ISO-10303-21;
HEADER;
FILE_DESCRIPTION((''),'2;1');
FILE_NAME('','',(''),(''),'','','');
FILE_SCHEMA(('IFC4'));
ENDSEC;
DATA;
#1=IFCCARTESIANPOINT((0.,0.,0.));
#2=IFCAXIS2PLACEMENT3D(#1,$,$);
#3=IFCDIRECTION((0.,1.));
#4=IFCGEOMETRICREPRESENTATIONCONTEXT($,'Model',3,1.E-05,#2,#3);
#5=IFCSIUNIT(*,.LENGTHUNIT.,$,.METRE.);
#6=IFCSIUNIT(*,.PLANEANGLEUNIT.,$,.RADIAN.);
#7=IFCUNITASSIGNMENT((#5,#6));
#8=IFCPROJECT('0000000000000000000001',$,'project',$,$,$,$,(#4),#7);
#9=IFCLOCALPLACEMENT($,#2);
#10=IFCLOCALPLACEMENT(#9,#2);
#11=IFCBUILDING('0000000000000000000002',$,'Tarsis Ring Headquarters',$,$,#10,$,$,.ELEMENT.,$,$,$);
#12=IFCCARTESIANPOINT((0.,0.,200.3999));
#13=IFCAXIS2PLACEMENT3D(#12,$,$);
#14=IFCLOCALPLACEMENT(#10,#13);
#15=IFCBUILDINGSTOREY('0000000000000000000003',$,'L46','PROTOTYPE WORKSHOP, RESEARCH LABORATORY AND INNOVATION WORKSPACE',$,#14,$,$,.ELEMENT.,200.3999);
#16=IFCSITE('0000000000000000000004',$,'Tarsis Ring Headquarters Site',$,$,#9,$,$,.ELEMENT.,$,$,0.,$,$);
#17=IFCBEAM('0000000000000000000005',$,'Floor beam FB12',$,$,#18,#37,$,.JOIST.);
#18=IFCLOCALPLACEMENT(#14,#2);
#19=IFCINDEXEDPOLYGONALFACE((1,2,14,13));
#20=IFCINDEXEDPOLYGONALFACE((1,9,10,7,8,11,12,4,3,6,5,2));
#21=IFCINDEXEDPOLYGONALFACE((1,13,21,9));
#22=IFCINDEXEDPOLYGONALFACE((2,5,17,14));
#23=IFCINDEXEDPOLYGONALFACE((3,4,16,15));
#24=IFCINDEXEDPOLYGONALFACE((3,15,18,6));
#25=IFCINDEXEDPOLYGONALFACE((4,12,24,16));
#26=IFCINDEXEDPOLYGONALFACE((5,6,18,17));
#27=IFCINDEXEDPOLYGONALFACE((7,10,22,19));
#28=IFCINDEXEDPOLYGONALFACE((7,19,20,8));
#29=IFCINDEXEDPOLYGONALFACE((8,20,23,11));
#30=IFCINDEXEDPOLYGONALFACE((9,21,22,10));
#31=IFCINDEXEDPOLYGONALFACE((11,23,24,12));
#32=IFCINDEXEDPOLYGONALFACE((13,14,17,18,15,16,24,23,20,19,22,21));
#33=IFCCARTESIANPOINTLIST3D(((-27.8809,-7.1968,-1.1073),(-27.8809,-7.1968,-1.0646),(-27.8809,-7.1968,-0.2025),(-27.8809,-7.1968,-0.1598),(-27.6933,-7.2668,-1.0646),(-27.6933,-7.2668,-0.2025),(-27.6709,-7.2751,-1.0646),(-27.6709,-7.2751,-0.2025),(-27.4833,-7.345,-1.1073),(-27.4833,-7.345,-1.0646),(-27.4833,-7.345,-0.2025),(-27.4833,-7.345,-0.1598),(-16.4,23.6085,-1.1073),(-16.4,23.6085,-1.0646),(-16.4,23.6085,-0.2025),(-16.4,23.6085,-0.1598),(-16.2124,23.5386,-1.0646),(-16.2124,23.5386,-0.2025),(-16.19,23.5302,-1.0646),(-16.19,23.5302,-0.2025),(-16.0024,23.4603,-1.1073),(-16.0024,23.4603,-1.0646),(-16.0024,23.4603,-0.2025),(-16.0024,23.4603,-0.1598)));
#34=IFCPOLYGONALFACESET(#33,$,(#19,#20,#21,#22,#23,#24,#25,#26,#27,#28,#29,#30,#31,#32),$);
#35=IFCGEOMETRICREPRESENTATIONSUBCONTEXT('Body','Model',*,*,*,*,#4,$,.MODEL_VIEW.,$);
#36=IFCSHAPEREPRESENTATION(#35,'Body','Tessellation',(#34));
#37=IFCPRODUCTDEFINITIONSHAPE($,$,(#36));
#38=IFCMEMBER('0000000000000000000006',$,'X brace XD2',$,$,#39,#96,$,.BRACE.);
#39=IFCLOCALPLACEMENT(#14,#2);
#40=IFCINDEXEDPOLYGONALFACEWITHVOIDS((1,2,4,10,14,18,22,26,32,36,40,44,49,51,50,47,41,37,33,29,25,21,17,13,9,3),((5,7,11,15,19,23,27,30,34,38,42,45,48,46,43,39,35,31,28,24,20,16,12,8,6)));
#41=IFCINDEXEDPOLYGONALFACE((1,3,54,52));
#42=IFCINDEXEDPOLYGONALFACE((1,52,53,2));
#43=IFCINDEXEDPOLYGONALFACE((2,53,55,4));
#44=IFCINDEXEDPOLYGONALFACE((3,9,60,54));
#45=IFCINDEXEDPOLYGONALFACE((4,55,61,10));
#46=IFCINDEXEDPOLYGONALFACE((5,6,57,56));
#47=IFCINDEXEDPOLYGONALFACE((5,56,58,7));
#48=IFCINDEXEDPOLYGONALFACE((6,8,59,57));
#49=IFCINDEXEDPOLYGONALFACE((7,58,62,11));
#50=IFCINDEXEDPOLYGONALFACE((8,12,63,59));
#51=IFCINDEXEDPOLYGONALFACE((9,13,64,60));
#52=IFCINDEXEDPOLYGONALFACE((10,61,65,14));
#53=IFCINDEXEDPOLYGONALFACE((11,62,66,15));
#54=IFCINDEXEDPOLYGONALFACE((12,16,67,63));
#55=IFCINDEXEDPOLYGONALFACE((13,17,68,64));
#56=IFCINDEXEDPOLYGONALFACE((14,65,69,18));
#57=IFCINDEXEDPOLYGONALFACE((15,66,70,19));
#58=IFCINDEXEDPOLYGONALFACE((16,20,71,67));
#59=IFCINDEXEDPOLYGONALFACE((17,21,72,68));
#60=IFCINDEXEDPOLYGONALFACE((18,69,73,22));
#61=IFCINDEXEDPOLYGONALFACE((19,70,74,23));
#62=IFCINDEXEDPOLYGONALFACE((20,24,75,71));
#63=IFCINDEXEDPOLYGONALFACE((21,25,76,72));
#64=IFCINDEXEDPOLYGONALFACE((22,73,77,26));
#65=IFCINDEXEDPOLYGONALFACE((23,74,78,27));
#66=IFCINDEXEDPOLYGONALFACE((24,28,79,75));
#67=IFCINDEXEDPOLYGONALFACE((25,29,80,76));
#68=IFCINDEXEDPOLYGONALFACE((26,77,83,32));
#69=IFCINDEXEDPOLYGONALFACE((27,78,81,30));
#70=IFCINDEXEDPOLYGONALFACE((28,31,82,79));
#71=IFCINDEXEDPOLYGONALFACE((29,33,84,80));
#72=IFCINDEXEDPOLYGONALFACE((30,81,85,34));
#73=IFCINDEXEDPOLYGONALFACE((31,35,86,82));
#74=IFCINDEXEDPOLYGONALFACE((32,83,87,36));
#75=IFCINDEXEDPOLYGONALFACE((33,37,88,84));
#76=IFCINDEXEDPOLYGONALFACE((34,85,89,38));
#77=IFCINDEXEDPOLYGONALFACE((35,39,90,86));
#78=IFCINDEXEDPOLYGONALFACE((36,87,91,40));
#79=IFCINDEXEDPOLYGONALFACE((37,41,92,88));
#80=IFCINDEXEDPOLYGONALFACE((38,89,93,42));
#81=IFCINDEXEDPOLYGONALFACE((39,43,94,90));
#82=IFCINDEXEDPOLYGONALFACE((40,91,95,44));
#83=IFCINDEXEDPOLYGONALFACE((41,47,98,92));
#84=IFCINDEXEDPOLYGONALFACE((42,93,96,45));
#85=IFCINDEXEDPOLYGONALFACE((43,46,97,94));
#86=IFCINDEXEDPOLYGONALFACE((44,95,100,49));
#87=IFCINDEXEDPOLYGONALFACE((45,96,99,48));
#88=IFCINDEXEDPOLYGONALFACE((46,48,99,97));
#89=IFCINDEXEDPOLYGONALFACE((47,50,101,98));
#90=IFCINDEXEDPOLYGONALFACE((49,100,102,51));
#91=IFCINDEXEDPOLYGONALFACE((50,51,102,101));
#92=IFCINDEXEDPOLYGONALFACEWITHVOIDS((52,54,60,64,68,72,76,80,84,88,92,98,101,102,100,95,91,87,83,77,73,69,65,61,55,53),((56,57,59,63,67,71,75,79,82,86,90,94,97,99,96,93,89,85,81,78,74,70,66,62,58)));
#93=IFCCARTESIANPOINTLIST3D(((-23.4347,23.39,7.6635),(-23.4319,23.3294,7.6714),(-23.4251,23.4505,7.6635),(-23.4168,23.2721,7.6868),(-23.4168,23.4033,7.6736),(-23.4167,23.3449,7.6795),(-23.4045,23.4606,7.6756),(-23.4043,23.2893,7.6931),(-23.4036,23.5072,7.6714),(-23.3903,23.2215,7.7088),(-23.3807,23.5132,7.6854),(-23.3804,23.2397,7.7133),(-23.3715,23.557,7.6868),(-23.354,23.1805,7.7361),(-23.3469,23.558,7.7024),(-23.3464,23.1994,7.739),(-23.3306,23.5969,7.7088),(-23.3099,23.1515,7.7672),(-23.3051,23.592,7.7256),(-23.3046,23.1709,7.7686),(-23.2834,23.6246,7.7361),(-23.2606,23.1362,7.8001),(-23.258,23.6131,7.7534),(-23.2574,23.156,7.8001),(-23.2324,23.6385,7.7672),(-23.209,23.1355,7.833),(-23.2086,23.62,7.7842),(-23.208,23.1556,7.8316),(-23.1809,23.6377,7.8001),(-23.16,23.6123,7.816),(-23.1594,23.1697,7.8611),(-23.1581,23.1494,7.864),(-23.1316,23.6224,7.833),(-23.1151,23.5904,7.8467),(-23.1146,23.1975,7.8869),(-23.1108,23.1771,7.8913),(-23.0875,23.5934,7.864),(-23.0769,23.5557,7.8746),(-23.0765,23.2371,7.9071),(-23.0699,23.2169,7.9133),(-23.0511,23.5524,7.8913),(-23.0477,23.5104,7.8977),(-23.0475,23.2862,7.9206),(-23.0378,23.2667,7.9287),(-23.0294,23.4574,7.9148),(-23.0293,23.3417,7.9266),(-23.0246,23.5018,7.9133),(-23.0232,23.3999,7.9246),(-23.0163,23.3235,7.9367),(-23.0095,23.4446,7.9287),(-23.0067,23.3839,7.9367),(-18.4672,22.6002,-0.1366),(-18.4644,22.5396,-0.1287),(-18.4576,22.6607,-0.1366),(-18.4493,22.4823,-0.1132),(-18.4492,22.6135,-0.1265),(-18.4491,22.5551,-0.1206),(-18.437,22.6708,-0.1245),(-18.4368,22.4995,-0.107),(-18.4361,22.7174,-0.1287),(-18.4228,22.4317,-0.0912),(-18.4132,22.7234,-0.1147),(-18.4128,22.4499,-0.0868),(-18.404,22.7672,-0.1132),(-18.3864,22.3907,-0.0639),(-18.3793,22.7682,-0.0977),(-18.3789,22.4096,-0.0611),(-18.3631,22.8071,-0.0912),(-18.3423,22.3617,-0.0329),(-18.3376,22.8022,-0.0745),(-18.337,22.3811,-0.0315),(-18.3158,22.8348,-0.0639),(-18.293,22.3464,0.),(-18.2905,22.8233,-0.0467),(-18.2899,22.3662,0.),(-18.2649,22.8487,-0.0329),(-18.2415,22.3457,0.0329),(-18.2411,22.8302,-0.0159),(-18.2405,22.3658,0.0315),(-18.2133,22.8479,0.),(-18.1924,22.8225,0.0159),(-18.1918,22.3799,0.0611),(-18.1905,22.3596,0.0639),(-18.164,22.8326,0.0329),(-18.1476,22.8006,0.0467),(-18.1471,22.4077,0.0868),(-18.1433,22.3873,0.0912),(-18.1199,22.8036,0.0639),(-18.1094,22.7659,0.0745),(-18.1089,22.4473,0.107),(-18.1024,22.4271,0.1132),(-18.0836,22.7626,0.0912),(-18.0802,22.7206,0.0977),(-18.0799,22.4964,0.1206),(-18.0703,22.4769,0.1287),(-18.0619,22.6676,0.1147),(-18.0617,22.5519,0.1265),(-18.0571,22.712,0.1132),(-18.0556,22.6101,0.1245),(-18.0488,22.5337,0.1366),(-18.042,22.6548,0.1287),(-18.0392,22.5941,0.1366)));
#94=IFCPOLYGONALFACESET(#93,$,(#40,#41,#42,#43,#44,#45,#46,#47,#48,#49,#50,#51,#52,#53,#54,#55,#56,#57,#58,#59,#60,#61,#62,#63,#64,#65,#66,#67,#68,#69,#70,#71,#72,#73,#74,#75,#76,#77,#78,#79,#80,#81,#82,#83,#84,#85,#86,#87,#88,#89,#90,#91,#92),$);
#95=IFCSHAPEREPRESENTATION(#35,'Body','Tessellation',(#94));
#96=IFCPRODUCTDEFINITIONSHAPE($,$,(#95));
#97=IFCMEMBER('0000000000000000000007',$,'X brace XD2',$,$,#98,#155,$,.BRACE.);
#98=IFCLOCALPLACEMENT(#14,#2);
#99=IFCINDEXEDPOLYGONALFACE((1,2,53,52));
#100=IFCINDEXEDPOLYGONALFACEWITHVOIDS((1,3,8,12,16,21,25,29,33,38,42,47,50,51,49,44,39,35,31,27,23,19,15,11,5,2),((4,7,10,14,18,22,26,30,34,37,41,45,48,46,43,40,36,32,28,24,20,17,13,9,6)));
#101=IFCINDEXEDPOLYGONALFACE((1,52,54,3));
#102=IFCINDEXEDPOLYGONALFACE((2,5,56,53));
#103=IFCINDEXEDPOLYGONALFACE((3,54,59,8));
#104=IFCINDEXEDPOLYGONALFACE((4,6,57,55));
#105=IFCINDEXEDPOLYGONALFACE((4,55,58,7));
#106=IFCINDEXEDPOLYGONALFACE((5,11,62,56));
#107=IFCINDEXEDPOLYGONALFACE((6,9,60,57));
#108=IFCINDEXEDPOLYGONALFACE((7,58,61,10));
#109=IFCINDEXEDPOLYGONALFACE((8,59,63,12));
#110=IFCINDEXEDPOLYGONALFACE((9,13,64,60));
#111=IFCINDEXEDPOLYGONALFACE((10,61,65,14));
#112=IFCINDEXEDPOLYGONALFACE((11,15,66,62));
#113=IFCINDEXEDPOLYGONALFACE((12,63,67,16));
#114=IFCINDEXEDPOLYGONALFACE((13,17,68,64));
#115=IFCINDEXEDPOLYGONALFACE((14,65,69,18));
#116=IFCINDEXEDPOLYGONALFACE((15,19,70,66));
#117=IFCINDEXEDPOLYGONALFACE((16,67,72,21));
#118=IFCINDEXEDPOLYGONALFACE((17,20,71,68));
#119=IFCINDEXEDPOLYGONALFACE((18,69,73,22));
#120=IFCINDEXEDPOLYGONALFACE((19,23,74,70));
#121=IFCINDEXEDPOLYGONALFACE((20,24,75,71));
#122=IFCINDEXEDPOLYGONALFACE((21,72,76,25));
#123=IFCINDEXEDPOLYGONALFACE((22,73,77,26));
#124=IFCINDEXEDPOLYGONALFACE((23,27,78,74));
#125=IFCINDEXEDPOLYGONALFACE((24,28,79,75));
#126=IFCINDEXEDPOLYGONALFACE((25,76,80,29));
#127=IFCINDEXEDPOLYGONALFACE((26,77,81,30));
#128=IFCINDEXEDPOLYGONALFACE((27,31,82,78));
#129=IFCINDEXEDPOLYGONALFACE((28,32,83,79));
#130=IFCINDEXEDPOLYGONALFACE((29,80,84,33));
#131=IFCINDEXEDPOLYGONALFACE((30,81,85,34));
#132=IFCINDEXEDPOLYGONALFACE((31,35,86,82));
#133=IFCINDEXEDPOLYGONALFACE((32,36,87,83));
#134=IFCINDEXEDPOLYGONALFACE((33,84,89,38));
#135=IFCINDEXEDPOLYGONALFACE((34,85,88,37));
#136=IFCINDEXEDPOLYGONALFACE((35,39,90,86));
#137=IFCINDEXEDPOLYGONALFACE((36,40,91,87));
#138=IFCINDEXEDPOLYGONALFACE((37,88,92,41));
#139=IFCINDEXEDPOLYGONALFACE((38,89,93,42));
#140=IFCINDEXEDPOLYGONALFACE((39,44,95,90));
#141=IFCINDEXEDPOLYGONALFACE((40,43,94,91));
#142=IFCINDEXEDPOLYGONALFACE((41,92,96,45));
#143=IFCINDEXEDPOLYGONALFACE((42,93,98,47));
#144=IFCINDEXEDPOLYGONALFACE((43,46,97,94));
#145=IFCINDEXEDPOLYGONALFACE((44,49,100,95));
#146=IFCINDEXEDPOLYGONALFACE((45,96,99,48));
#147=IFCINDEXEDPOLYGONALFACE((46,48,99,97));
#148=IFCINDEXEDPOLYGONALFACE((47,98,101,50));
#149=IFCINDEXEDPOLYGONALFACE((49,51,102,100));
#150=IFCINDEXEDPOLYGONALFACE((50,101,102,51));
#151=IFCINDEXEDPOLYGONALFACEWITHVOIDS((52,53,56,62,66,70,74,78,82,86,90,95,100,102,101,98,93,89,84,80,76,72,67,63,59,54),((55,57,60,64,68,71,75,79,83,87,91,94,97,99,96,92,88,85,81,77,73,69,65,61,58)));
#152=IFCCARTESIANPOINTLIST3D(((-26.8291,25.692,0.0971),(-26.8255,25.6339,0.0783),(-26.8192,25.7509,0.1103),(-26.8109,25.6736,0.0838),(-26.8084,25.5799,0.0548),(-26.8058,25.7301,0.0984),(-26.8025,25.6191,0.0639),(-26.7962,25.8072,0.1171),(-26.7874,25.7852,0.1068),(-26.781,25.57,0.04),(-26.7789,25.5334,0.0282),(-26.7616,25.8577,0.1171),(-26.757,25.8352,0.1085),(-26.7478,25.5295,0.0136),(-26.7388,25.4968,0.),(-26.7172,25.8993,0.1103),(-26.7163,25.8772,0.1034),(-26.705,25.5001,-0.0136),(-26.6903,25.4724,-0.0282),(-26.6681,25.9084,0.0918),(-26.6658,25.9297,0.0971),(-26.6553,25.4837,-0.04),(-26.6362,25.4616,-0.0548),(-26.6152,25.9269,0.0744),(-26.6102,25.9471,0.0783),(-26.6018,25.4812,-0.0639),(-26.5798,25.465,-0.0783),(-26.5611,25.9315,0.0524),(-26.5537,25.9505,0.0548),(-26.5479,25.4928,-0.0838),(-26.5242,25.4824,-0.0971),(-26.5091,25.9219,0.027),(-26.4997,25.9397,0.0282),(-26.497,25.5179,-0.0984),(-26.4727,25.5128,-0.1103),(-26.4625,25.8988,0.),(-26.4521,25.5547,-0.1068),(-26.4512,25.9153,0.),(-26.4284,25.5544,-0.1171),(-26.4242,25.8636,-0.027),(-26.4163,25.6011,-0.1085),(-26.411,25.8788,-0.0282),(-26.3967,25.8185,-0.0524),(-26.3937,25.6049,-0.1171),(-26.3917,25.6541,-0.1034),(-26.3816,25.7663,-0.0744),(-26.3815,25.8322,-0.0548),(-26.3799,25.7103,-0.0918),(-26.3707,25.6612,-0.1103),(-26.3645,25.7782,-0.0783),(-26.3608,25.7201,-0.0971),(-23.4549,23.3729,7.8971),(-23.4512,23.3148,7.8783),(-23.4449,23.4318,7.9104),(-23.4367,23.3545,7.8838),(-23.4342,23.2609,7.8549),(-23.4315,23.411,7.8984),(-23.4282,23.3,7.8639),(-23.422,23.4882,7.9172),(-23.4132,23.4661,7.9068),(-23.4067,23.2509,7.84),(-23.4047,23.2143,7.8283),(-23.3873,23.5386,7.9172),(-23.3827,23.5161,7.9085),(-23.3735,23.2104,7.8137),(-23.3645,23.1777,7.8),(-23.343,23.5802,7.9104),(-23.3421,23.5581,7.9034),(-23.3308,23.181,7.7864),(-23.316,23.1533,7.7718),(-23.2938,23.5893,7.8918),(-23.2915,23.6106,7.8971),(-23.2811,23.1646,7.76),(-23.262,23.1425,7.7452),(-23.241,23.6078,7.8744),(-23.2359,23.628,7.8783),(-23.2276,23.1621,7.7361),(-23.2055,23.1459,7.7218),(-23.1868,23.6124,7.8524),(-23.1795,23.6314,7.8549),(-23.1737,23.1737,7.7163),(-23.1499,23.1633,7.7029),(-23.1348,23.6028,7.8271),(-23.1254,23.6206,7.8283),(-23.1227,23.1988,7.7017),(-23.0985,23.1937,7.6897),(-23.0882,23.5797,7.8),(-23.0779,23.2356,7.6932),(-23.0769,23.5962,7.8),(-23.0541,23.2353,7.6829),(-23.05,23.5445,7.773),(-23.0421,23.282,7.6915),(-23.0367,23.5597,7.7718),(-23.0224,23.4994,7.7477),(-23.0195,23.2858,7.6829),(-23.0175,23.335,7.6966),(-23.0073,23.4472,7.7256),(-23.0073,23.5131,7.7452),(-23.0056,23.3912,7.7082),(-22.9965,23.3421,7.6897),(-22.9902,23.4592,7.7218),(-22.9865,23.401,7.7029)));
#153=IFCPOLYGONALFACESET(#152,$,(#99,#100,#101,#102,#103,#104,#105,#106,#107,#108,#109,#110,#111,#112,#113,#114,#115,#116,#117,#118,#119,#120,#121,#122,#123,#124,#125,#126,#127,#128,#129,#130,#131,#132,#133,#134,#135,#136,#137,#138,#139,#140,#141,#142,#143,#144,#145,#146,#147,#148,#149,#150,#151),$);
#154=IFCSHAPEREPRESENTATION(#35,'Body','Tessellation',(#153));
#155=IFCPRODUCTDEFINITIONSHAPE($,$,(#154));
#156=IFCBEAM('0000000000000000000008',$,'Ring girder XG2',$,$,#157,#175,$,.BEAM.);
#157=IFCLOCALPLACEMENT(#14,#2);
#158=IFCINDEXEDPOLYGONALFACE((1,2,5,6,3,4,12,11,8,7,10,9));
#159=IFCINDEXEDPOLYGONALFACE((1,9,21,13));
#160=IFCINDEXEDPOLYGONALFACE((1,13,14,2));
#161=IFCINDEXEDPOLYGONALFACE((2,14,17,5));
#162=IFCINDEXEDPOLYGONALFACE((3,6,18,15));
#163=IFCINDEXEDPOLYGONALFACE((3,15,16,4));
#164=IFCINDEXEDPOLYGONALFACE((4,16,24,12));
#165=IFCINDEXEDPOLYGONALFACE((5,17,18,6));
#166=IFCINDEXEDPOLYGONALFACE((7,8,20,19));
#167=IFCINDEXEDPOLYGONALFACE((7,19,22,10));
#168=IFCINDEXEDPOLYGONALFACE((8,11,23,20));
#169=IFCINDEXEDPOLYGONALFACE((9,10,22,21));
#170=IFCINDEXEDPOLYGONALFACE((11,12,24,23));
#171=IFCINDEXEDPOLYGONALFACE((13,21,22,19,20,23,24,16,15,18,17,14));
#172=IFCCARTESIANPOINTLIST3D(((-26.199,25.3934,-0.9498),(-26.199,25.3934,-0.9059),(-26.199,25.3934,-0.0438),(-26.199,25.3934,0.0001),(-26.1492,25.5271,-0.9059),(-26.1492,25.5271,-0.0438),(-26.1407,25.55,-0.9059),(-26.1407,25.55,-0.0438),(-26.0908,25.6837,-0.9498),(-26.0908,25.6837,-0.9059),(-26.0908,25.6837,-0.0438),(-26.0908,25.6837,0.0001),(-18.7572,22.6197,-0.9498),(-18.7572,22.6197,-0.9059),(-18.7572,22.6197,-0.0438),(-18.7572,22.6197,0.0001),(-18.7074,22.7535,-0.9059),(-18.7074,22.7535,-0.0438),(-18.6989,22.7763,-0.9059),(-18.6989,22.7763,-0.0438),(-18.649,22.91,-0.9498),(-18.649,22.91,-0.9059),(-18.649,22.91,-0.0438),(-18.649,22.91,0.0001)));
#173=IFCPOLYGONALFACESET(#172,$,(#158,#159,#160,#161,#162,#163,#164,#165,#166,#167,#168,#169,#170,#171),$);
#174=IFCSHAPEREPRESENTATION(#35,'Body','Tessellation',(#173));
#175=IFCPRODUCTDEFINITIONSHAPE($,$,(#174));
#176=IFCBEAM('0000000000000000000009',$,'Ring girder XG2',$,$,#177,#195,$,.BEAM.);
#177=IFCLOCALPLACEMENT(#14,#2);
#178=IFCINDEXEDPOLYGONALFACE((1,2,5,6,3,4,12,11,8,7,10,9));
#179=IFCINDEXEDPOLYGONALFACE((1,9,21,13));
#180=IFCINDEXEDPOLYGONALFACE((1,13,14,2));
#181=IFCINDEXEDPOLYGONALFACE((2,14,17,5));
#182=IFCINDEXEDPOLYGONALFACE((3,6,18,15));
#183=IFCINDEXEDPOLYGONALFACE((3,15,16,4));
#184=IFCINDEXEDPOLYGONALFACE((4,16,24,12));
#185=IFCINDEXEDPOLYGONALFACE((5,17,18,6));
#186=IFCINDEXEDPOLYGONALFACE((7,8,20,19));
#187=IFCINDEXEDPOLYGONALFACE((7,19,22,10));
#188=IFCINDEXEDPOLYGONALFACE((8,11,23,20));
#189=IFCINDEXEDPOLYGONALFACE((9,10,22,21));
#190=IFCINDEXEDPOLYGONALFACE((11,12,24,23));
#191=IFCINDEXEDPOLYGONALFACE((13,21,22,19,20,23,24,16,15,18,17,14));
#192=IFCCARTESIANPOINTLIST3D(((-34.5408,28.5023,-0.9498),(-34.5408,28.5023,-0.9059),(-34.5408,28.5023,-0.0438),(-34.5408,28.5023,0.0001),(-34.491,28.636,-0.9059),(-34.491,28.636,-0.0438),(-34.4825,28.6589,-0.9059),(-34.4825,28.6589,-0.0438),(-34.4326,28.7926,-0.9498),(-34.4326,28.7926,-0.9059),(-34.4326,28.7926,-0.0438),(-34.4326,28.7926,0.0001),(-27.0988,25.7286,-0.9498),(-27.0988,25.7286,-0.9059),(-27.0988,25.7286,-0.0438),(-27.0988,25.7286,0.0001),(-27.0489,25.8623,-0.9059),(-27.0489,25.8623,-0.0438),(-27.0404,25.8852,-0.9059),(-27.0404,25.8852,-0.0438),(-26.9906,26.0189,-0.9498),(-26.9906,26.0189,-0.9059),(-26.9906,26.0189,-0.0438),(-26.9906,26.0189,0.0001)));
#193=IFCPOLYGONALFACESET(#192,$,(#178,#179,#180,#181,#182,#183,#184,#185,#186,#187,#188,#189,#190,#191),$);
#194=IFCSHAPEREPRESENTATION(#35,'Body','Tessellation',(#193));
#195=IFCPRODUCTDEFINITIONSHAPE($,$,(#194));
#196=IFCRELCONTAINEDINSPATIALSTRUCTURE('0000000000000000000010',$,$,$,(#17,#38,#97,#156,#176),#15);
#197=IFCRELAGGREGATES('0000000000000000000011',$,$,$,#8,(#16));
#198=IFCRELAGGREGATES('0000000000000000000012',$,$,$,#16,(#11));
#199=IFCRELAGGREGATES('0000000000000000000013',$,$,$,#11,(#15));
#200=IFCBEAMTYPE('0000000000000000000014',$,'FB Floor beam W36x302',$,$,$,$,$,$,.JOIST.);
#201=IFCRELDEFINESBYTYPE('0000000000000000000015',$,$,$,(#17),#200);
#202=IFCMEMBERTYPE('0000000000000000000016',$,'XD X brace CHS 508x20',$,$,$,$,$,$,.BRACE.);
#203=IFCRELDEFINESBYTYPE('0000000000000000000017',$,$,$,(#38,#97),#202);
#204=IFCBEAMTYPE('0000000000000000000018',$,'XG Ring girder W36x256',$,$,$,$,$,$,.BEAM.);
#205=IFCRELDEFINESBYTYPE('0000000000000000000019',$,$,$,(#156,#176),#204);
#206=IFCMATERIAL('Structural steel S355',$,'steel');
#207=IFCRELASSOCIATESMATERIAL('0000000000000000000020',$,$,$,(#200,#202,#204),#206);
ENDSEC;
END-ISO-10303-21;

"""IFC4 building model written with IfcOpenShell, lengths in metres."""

from ifc_helpers import new_model, si_unit, direction, frame, origin, origin_2d, place, context, subcontext, project, spatial, hollow_circle, i_section, extrude, material, material_profile, profile_set, type_object, element, save


model = new_model("IFC4")

# Units and contexts
model_context = context("Model", 3, precision=1e-05, world=origin(), true_north=direction((0.0, 1.0)))
body_context = subcontext(model_context, "Body", "Model", "MODEL_VIEW")
ifc_project = project(units=[si_unit("LENGTHUNIT", "METRE"), si_unit("PLANEANGLEUNIT", "RADIAN")], contexts=[model_context])

# Site, building, storey
site_placement = place(None, origin())
site = spatial("IfcSite", under=ifc_project, at=site_placement, Name="Tarsis Ring Headquarters Site", CompositionType="ELEMENT", RefElevation=0.0)
building_placement = place(site_placement, origin())
building = spatial("IfcBuilding", under=site, at=building_placement, Name="Tarsis Ring Headquarters", CompositionType="ELEMENT")
storey_placement = place(building_placement, frame((0.0, 0.0, 200.3999)))
storey = spatial("IfcBuildingStorey", under=building, at=storey_placement, Name="L46", Description="PROTOTYPE WORKSHOP, RESEARCH LABORATORY AND INNOVATION WORKSPACE", CompositionType="ELEMENT", Elevation=200.3999)

# Shared definitions
ifc_material_1 = material(Name="Structural steel S355", Category="steel")

# Beam
ifc_material_profile_1 = material_profile(ifc_material_1, i_section(OverallWidth=0.3098, OverallDepth=0.95, WebThickness=0.0244, FlangeThickness=0.0439, at=origin_2d()), Name="W36x256")
ifc_profile_set_1 = profile_set([ifc_material_profile_1], Name="Structural steel S355")
ifc_material_profile_2 = material_profile(ifc_material_1, i_section(OverallWidth=0.4243, OverallDepth=0.9475, WebThickness=0.0239, FlangeThickness=0.0427, at=origin_2d()), Name="W36x302")
ifc_profile_set_2 = profile_set([ifc_material_profile_2], Name="Structural steel S355")
beam_type_1 = type_object("IfcBeamType", Name="FB Floor beam W36x302", PredefinedType="JOIST", material=ifc_profile_set_2)
beam_1_placement = place(storey_placement, frame((-16.2012, 23.5344, -0.6335), z_axis=(-0.349227, -0.937038, 0.0), x_axis=(0.937038, -0.349227, 0.0)))
element("IfcBeam", 1, at=beam_1_placement, inside=storey, type_object=beam_type_1, Name="Floor beam FB12", PredefinedType="JOIST", context=body_context, shape_type="SweptSolid", body=[
    extrude(i_section(OverallWidth=0.4243, OverallDepth=0.9475, WebThickness=0.0239, FlangeThickness=0.0427, at=origin_2d()), origin(), (0.0, 0.0, 1.0), 32.8752),
])

# Members
ifc_material_profile_3 = material_profile(ifc_material_1, hollow_circle(Radius=0.2539, WallThickness=0.02, at=origin_2d()), Name="CHS 508x20")
ifc_profile_set_3 = profile_set([ifc_material_profile_3], Name="Structural steel S355")
member_type = type_object("IfcMemberType", Name="XD X brace CHS 508x20", PredefinedType="BRACE", material=ifc_profile_set_3)
member_1_placement = place(storey_placement, frame((-18.2532, 22.5972, 0.0), z_axis=(-0.535224, 0.085096, 0.840413), x_axis=(-0.157019, -0.987596, 0.0)))
element("IfcMember", 2, at=member_1_placement, inside=storey, type_object=member_type, Name="X brace XD2", PredefinedType="BRACE", context=body_context, shape_type="SweptSolid", body=[
    extrude(hollow_circle(Radius=0.2539, WallThickness=0.02, at=origin_2d()), origin(), (0.0, 0.0, 1.0), 9.2812),
])
member_2_placement = place(storey_placement, frame((-26.595, 25.7061, 0.0), z_axis=(0.383033, -0.263253, 0.885429), x_axis=(0.56641, 0.824124, 0.0)))
element("IfcMember", 3, at=member_2_placement, inside=storey, type_object=member_type, Name="X brace XD2", PredefinedType="BRACE", context=body_context, shape_type="SweptSolid", body=[
    extrude(hollow_circle(Radius=0.2539, WallThickness=0.02, at=origin_2d()), origin(), (0.0, 0.0, 1.0), 8.8093),
])

# Beams
beam_type_2 = type_object("IfcBeamType", Name="XG Ring girder W36x256", PredefinedType="BEAM", material=ifc_profile_set_1)
beam_2_placement = place(storey_placement, frame((-18.7031, 22.7649, -0.4749), z_axis=(-0.937032, 0.349243, 0.0), x_axis=(-0.349243, -0.937032, 0.0)))
element("IfcBeam", 4, at=beam_2_placement, inside=storey, type_object=beam_type_2, Name="Ring girder XG2", PredefinedType="BEAM", context=body_context, shape_type="SweptSolid", body=[
    extrude(i_section(OverallWidth=0.3098, OverallDepth=0.95, WebThickness=0.0244, FlangeThickness=0.0439, at=origin_2d()), origin(), (0.0, 0.0, 1.0), 7.9419),
])
beam_3_placement = place(storey_placement, frame((-27.0447, 25.8738, -0.4749), z_axis=(-0.937036, 0.349233, 0.0), x_axis=(-0.349233, -0.937036, 0.0)))
element("IfcBeam", 5, at=beam_3_placement, inside=storey, type_object=beam_type_2, Name="Ring girder XG2", PredefinedType="BEAM", context=body_context, shape_type="SweptSolid", body=[
    extrude(i_section(OverallWidth=0.3098, OverallDepth=0.95, WebThickness=0.0244, FlangeThickness=0.0439, at=origin_2d()), origin(), (0.0, 0.0, 1.0), 7.9421),
])

save(model, "model.ifc")
